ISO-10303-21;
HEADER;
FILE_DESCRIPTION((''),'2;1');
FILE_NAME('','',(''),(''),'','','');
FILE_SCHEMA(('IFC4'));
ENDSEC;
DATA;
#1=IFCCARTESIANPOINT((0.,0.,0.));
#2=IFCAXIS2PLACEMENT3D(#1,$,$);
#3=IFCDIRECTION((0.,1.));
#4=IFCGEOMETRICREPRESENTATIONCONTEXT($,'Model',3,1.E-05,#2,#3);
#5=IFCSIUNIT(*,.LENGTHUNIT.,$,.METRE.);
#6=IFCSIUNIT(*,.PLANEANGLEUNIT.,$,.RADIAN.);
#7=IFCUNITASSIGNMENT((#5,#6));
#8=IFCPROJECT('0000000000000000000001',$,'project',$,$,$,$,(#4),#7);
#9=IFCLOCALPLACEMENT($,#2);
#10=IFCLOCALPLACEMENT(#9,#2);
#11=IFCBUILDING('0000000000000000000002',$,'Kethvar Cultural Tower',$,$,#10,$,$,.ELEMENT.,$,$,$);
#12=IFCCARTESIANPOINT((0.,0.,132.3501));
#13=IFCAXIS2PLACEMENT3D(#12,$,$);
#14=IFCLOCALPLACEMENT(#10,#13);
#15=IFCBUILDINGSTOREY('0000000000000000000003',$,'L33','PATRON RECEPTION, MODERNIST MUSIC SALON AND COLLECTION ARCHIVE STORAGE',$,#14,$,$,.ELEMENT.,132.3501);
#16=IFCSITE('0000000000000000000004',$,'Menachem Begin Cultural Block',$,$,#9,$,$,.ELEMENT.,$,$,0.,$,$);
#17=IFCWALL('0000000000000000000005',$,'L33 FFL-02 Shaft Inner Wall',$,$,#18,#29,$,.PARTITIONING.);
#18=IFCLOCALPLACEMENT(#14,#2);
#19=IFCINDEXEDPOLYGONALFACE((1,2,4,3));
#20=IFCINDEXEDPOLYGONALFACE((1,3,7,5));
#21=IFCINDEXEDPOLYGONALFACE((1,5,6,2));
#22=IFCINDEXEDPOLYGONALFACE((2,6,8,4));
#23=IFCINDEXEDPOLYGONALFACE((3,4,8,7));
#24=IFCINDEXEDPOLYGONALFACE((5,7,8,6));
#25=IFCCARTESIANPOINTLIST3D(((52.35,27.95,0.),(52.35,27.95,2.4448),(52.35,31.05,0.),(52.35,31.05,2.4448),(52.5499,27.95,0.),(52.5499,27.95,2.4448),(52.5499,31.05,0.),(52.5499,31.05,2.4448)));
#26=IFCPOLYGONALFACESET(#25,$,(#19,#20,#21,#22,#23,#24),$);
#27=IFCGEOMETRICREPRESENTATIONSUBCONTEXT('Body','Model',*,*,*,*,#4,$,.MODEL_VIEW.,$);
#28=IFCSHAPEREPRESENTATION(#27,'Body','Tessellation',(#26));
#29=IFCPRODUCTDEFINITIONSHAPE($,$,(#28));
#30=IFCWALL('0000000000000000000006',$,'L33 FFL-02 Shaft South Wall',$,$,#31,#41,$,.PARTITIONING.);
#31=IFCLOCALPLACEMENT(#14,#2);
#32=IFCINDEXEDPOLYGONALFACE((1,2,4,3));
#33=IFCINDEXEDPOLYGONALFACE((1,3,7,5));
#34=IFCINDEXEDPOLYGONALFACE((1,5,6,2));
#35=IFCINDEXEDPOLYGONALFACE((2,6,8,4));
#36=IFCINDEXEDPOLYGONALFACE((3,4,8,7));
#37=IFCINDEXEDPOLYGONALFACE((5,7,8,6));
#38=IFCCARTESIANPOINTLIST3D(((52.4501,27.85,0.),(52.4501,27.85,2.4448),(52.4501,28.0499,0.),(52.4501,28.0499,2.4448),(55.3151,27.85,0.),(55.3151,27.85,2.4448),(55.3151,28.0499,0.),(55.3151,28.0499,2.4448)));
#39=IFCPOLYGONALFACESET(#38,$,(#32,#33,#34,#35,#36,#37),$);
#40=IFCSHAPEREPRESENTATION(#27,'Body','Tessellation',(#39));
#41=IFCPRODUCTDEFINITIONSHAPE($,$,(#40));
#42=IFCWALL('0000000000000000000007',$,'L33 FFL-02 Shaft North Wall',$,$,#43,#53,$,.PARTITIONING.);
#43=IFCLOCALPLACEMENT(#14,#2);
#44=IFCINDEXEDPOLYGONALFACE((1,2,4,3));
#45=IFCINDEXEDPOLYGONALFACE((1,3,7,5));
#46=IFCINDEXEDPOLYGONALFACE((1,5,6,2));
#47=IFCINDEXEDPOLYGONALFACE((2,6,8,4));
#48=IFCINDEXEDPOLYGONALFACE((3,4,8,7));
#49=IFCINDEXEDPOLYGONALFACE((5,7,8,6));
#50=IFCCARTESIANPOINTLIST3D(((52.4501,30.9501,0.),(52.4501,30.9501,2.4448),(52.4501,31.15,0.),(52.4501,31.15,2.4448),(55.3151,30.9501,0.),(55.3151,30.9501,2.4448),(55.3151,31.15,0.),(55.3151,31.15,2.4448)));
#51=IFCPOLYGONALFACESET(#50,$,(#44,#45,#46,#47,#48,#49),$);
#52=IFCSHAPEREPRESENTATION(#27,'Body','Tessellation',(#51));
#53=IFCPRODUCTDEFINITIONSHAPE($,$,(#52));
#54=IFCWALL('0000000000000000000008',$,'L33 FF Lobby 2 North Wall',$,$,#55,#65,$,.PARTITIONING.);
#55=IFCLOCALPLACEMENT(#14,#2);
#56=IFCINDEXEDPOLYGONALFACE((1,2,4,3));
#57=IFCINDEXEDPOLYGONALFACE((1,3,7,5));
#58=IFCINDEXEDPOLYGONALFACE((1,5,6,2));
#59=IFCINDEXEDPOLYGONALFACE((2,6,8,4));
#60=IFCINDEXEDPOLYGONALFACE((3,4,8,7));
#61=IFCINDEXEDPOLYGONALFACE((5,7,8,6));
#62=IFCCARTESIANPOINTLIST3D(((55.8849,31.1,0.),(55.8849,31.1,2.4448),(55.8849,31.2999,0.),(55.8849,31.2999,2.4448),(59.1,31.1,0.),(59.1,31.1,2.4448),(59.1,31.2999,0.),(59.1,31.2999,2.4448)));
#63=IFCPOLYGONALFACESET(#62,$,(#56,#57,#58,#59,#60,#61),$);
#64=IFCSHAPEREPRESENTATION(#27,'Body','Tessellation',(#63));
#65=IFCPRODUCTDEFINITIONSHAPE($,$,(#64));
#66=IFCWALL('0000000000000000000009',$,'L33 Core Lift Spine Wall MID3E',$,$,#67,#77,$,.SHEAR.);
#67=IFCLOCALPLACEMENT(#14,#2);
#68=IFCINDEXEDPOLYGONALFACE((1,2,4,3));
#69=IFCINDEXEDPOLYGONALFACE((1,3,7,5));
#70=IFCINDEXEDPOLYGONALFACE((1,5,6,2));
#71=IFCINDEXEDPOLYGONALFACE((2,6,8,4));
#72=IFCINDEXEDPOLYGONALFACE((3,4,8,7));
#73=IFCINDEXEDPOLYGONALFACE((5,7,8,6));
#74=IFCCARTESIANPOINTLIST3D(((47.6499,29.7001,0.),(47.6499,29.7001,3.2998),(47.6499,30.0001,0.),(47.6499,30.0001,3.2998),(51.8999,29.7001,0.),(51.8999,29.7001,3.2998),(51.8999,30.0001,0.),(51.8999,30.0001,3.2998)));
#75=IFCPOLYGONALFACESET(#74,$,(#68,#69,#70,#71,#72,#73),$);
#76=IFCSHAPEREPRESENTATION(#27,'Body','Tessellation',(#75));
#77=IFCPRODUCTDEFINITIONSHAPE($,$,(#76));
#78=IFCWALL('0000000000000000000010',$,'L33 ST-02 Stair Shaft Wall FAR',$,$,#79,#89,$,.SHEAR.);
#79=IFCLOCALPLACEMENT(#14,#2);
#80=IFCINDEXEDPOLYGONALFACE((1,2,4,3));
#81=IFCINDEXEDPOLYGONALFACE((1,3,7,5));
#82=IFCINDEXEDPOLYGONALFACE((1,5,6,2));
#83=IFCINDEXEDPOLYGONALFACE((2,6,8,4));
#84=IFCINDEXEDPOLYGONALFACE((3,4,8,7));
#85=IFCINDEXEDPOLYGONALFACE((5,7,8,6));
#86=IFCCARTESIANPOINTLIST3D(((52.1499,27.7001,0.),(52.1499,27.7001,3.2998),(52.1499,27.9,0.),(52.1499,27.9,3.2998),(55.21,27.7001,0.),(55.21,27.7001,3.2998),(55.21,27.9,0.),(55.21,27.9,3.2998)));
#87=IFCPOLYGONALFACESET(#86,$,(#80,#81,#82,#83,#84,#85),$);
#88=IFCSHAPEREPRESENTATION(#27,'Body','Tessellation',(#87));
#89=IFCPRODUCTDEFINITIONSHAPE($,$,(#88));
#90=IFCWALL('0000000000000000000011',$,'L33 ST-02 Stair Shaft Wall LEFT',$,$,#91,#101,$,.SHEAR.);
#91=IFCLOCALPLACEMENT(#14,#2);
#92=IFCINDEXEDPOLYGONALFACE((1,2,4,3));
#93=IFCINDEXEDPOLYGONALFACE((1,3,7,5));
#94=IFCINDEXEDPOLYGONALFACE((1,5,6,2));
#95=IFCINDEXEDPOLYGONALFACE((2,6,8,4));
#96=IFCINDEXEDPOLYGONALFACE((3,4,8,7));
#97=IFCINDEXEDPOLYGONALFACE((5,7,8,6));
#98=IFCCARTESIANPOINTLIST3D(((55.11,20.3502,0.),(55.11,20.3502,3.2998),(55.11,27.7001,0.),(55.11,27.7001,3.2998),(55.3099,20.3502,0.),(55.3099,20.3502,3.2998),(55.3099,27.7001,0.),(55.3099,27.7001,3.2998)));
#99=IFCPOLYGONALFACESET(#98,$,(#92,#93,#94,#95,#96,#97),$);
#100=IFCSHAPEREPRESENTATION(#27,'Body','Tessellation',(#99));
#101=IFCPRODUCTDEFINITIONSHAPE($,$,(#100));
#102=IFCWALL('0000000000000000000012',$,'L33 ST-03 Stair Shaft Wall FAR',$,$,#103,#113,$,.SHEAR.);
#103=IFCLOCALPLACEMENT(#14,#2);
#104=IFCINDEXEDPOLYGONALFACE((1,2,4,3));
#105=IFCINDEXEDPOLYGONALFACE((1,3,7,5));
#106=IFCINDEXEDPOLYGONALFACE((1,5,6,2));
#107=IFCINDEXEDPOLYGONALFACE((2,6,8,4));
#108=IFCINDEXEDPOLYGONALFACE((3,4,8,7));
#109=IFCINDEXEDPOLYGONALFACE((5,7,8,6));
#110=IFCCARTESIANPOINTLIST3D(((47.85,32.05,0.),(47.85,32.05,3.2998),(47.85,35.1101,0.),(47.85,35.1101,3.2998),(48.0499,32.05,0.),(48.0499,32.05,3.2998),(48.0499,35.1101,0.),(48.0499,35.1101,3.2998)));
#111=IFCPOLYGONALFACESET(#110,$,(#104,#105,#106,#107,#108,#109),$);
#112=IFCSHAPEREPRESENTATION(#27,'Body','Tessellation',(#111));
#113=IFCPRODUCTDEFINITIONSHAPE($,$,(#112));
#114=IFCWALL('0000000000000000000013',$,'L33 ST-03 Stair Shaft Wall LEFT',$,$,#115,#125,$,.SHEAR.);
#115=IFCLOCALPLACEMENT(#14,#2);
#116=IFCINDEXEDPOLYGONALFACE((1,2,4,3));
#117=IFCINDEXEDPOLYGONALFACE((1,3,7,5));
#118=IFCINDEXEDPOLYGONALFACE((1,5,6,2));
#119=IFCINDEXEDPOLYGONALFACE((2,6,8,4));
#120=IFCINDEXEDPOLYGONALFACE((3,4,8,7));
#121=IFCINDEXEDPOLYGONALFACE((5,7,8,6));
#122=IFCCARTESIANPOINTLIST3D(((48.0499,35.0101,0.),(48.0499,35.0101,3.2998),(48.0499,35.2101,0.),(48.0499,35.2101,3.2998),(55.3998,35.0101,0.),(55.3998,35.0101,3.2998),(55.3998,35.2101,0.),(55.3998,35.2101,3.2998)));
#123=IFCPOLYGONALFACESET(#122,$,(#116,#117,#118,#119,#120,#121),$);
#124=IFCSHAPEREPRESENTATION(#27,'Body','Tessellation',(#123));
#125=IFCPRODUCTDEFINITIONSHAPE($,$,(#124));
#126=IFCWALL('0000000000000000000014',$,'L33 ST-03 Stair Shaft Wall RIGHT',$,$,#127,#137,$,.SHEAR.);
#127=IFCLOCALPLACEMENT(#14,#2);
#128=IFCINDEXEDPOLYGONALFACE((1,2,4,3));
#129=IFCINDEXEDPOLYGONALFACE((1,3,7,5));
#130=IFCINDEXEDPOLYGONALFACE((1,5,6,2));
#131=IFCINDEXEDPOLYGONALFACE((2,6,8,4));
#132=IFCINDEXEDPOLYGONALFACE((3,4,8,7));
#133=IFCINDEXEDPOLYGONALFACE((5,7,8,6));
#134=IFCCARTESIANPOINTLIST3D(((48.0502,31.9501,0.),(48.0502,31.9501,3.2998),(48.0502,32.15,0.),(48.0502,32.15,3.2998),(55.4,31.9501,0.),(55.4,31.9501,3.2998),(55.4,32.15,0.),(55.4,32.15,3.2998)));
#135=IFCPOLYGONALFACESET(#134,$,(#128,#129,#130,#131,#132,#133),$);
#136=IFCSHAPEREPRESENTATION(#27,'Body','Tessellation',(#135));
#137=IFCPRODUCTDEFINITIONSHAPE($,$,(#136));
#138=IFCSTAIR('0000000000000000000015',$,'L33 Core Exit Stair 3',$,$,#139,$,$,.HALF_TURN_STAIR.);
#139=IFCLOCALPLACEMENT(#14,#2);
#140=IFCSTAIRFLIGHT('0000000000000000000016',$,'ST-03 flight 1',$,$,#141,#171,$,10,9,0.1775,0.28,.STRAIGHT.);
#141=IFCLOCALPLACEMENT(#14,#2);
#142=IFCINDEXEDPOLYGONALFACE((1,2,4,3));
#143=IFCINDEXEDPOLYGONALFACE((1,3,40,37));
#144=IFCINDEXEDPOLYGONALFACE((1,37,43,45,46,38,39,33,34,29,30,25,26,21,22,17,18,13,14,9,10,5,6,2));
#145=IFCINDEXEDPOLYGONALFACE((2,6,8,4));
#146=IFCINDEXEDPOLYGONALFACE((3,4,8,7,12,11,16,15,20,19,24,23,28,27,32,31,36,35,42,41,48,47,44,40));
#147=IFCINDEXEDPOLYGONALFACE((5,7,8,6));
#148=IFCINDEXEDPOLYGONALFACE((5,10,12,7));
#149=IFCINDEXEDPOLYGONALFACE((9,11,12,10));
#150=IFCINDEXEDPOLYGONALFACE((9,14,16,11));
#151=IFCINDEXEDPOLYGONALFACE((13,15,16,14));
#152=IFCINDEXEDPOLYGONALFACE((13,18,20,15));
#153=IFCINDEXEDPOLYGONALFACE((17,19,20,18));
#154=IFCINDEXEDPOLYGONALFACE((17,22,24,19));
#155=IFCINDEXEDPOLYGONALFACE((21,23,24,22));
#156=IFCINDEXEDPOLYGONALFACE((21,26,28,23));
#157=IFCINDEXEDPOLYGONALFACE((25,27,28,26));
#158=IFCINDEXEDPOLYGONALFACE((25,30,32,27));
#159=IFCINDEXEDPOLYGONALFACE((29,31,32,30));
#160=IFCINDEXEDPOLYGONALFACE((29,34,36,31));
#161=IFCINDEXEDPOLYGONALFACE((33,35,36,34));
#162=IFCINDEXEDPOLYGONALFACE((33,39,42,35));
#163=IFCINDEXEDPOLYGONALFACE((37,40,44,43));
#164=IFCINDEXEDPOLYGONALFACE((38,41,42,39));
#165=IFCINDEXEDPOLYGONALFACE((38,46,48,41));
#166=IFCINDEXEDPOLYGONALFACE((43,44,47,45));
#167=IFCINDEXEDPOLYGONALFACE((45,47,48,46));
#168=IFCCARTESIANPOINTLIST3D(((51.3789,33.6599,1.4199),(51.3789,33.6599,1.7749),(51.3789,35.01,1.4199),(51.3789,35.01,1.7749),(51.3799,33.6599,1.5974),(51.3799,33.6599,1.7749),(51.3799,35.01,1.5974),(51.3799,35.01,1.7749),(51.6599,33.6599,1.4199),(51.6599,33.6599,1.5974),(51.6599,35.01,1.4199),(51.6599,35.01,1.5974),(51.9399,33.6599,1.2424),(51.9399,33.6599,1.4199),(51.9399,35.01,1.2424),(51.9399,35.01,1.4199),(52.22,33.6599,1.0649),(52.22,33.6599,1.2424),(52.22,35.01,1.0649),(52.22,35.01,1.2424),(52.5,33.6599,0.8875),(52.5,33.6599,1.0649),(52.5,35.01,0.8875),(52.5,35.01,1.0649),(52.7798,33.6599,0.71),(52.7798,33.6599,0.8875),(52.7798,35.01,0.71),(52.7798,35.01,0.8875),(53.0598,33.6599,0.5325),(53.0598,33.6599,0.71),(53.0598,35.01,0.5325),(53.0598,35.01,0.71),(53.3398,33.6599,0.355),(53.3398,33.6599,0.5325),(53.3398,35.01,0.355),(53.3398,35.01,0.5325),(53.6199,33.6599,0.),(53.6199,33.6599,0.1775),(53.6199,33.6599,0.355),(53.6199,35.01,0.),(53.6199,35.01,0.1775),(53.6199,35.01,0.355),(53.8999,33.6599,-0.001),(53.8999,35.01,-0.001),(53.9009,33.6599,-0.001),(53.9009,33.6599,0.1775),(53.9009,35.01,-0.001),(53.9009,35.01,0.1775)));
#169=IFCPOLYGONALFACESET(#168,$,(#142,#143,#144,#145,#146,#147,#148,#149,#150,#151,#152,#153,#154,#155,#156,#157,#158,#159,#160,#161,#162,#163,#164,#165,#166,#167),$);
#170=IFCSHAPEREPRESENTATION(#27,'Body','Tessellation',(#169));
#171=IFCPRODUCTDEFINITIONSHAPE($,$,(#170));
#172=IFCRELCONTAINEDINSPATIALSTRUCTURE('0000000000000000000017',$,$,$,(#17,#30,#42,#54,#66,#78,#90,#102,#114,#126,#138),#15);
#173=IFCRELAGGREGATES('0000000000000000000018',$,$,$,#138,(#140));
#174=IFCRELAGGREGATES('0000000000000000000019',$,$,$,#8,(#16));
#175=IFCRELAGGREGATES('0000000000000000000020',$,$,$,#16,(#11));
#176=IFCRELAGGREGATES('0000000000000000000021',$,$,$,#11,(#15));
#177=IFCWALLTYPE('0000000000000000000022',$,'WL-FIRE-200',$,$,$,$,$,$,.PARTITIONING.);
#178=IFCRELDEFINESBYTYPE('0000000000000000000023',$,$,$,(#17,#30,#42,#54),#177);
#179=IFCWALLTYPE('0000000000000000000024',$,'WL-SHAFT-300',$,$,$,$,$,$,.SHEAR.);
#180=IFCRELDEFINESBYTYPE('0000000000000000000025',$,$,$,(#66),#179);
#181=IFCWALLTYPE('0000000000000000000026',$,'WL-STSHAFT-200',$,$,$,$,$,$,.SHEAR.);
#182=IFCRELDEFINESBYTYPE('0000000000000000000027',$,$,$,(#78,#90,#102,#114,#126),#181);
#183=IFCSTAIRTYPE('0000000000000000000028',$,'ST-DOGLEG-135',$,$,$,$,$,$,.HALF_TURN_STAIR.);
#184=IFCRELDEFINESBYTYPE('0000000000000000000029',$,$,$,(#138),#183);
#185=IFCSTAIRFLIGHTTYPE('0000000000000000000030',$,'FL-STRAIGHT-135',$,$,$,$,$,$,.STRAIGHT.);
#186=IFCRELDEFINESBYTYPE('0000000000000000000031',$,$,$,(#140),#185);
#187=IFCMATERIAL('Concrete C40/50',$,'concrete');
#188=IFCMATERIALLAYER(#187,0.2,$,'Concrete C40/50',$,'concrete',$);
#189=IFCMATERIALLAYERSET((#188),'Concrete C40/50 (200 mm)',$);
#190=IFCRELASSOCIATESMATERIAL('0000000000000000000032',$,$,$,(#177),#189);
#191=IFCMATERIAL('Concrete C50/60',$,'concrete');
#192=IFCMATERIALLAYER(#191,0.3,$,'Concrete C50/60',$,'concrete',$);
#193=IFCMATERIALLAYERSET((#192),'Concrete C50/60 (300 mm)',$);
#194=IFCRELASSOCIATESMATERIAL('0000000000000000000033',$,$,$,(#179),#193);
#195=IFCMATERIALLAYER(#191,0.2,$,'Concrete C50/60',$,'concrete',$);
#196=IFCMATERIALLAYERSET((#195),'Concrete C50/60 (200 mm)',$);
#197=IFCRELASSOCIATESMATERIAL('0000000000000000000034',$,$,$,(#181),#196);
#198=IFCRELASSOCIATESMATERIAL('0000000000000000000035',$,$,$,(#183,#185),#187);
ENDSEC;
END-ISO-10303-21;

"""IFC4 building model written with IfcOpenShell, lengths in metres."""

from ifc_helpers import new_model, si_unit, direction, frame, frame_2d, origin, place, context, subcontext, project, spatial, polyline, rectangle, outline, extrude, material, layer, layer_set, type_object, element, aggregate, save


model = new_model("IFC4")

# Units and contexts
model_context = context("Model", 3, precision=1e-05, world=origin(), true_north=direction((0.0, 1.0)))
body_context = subcontext(model_context, "Body", "Model", "MODEL_VIEW")
ifc_project = project(units=[si_unit("LENGTHUNIT", "METRE"), si_unit("PLANEANGLEUNIT", "RADIAN")], contexts=[model_context])

# Site, building, storey
site_placement = place(None, origin())
site = spatial("IfcSite", under=ifc_project, at=site_placement, Name="Menachem Begin Cultural Block", CompositionType="ELEMENT", RefElevation=0.0)
building_placement = place(site_placement, origin())
building = spatial("IfcBuilding", under=site, at=building_placement, Name="Kethvar Cultural Tower", CompositionType="ELEMENT")
storey_placement = place(building_placement, frame((0.0, 0.0, 132.3501)))
storey = spatial("IfcBuildingStorey", under=building, at=storey_placement, Name="L33", Description="PATRON RECEPTION, MODERNIST MUSIC SALON AND COLLECTION ARCHIVE STORAGE", CompositionType="ELEMENT", Elevation=132.3501)

# Walls
ifc_material_1 = material(Name="Concrete C40/50", Category="concrete")
ifc_layer_1 = layer(ifc_material_1, 0.2, Name="Concrete C40/50", Category="concrete")
ifc_layer_set_1 = layer_set([ifc_layer_1], Name="Concrete C40/50 (200 mm)")
wall_type_1 = type_object("IfcWallType", Name="WL-FIRE-200", PredefinedType="PARTITIONING", material=ifc_layer_set_1)
wall_1_placement = place(storey_placement, frame((52.45, 27.95, 0.0), z_axis=(0.0, 0.0, 1.0), x_axis=(0.0, 1.0, 0.0)))
element("IfcWall", 1, at=wall_1_placement, inside=storey, type_object=wall_type_1, Name="L33 FFL-02 Shaft Inner Wall", PredefinedType="PARTITIONING", context=body_context, shape_type="SweptSolid", body=[
    extrude(rectangle(XDim=3.1001, YDim=0.2, at=frame_2d((1.55, 0.0))), origin(), (0.0, 0.0, 1.0), 2.4448),
])
for number, where, z_axis, x_axis, name in (
    (2, (52.45, 27.95, 0.0), (0.0, 0.0, 1.0), (1.0, 0.0, 0.0), "L33 FFL-02 Shaft South Wall"),
    (3, (52.45, 31.05, 0.0), (0.0, 0.0, 1.0), (1.0, 0.0, 0.0), "L33 FFL-02 Shaft North Wall"),
):
    element("IfcWall", number, at=place(storey_placement, frame(where, z_axis=z_axis, x_axis=x_axis)), inside=storey, type_object=wall_type_1, Name=name, PredefinedType="PARTITIONING", context=body_context, shape_type="SweptSolid", body=[
        extrude(rectangle(XDim=2.865, YDim=0.2, at=frame_2d((1.4326, 0.0))), origin(), (0.0, 0.0, 1.0), 2.4448),
    ])
wall_2_placement = place(storey_placement, frame((55.885, 31.2, 0.0), z_axis=(0.0, 0.0, 1.0), x_axis=(1.0, 0.0, 0.0)))
element("IfcWall", 4, at=wall_2_placement, inside=storey, type_object=wall_type_1, Name="L33 FF Lobby 2 North Wall", PredefinedType="PARTITIONING", context=body_context, shape_type="SweptSolid", body=[
    extrude(rectangle(XDim=3.2151, YDim=0.2, at=frame_2d((1.6074, 0.0))), origin(), (0.0, 0.0, 1.0), 2.4448),
])
ifc_material_2 = material(Name="Concrete C50/60", Category="concrete")
ifc_layer_2 = layer(ifc_material_2, 0.3, Name="Concrete C50/60", Category="concrete")
ifc_layer_set_2 = layer_set([ifc_layer_2], Name="Concrete C50/60 (300 mm)")
wall_type_2 = type_object("IfcWallType", Name="WL-SHAFT-300", PredefinedType="SHEAR", material=ifc_layer_set_2)
wall_3_placement = place(storey_placement, frame((47.6499, 29.8501, 0.0), z_axis=(0.0, 0.0, 1.0), x_axis=(1.0, 0.0, 0.0)))
element("IfcWall", 5, at=wall_3_placement, inside=storey, type_object=wall_type_2, Name="L33 Core Lift Spine Wall MID3E", PredefinedType="SHEAR", context=body_context, shape_type="SweptSolid", body=[
    extrude(rectangle(XDim=4.25, YDim=0.3, at=frame_2d((2.125, 0.0))), origin(), (0.0, 0.0, 1.0), 3.2998),
])
ifc_layer_3 = layer(ifc_material_2, 0.2, Name="Concrete C50/60", Category="concrete")
ifc_layer_set_3 = layer_set([ifc_layer_3], Name="Concrete C50/60 (200 mm)")
wall_type_3 = type_object("IfcWallType", Name="WL-STSHAFT-200", PredefinedType="SHEAR", material=ifc_layer_set_3)
wall_4_placement = place(storey_placement, frame((52.1499, 27.8, 0.0), z_axis=(0.0, 0.0, 1.0), x_axis=(1.0, 0.0, 0.0)))
element("IfcWall", 6, at=wall_4_placement, inside=storey, type_object=wall_type_3, Name="L33 ST-02 Stair Shaft Wall FAR", PredefinedType="SHEAR", context=body_context, shape_type="SweptSolid", body=[
    extrude(rectangle(XDim=3.0601, YDim=0.2, at=frame_2d((1.53, 0.0))), origin(), (0.0, 0.0, 1.0), 3.2998),
])
wall_5_placement = place(storey_placement, frame((55.21, 27.7, 0.0), z_axis=(0.0, 0.0, 1.0), x_axis=(0.0, -1.0, 0.0)))
element("IfcWall", 7, at=wall_5_placement, inside=storey, type_object=wall_type_3, Name="L33 ST-02 Stair Shaft Wall LEFT", PredefinedType="SHEAR", context=body_context, shape_type="SweptSolid", body=[
    extrude(rectangle(XDim=7.3499, YDim=0.2, at=frame_2d((3.6748, 0.0))), origin(), (0.0, 0.0, 1.0), 3.2998),
])
wall_6_placement = place(storey_placement, frame((47.95, 32.05, 0.0), z_axis=(0.0, 0.0, 1.0), x_axis=(0.0, 1.0, 0.0)))
element("IfcWall", 8, at=wall_6_placement, inside=storey, type_object=wall_type_3, Name="L33 ST-03 Stair Shaft Wall FAR", PredefinedType="SHEAR", context=body_context, shape_type="SweptSolid", body=[
    extrude(rectangle(XDim=3.0601, YDim=0.2, at=frame_2d((1.53, 0.0))), origin(), (0.0, 0.0, 1.0), 3.2998),
])
for number, where, z_axis, x_axis, name in (
    (9, (48.05, 35.1101, 0.0), (0.0, 0.0, 1.0), (1.0, 0.0, 0.0), "L33 ST-03 Stair Shaft Wall LEFT"),
    (10, (55.3999, 32.05, 0.0), (0.0, 0.0, 1.0), (-1.0, 0.0, 0.0), "L33 ST-03 Stair Shaft Wall RIGHT"),
):
    element("IfcWall", number, at=place(storey_placement, frame(where, z_axis=z_axis, x_axis=x_axis)), inside=storey, type_object=wall_type_3, Name=name, PredefinedType="SHEAR", context=body_context, shape_type="SweptSolid", body=[
        extrude(rectangle(XDim=7.3499, YDim=0.2, at=frame_2d((3.6748, 0.0))), origin(), (0.0, 0.0, 1.0), 3.2998),
    ])

# Stair, stair flight
stair_type = type_object("IfcStairType", Name="ST-DOGLEG-135", PredefinedType="HALF_TURN_STAIR", material=ifc_material_1)
stair_placement = place(storey_placement, origin())
stair = element("IfcStair", 11, at=stair_placement, inside=storey, type_object=stair_type, Name="L33 Core Exit Stair 3", PredefinedType="HALF_TURN_STAIR")
stair_flight_type = type_object("IfcStairFlightType", Name="FL-STRAIGHT-135", PredefinedType="STRAIGHT", material=ifc_material_1)
stair_flight_1_placement = place(storey_placement, frame((53.8999, 34.335, 0.0), z_axis=(0.0, 0.0, 1.0), x_axis=(-1.0, 0.0, 0.0)))
stair_flight_1 = element("IfcStairFlight", 12, at=stair_flight_1_placement, type_object=stair_flight_type, Name="ST-03 flight 1", NumberOfRisers=10, NumberOfTreads=9, PredefinedType="STRAIGHT", RiserHeight=0.1775, TreadLength=0.28, context=body_context, shape_type="SweptSolid", body=[
    extrude(outline(polyline([(-0.001, -0.001), (-0.001, 0.1775), (0.28, 0.1775), (0.28, 0.355), (0.5601, 0.355), (0.5601, 0.5325), (0.8401, 0.5325), (0.8401, 0.71), (1.1201, 0.71), (1.1201, 0.8875), (1.3999, 0.8875), (1.3999, 1.0649), (1.6799, 1.0649), (1.6799, 1.2424), (1.96, 1.2424), (1.96, 1.4199), (2.24, 1.4199), (2.24, 1.5974), (2.52, 1.5974), (2.52, 1.7749), (2.521, 1.7749), (2.521, 1.4199), (0.28, 0.0), (0.0, -0.001), (-0.001, -0.001)])), frame((0.0, 0.675, 0.0), z_axis=(0.0, -1.0, 0.0), x_axis=(1.0, 0.0, 0.0)), (0.0, 0.0, 1.0), 1.3501),
])
aggregate(stair, [stair_flight_1])

save(model, "model.ifc")
